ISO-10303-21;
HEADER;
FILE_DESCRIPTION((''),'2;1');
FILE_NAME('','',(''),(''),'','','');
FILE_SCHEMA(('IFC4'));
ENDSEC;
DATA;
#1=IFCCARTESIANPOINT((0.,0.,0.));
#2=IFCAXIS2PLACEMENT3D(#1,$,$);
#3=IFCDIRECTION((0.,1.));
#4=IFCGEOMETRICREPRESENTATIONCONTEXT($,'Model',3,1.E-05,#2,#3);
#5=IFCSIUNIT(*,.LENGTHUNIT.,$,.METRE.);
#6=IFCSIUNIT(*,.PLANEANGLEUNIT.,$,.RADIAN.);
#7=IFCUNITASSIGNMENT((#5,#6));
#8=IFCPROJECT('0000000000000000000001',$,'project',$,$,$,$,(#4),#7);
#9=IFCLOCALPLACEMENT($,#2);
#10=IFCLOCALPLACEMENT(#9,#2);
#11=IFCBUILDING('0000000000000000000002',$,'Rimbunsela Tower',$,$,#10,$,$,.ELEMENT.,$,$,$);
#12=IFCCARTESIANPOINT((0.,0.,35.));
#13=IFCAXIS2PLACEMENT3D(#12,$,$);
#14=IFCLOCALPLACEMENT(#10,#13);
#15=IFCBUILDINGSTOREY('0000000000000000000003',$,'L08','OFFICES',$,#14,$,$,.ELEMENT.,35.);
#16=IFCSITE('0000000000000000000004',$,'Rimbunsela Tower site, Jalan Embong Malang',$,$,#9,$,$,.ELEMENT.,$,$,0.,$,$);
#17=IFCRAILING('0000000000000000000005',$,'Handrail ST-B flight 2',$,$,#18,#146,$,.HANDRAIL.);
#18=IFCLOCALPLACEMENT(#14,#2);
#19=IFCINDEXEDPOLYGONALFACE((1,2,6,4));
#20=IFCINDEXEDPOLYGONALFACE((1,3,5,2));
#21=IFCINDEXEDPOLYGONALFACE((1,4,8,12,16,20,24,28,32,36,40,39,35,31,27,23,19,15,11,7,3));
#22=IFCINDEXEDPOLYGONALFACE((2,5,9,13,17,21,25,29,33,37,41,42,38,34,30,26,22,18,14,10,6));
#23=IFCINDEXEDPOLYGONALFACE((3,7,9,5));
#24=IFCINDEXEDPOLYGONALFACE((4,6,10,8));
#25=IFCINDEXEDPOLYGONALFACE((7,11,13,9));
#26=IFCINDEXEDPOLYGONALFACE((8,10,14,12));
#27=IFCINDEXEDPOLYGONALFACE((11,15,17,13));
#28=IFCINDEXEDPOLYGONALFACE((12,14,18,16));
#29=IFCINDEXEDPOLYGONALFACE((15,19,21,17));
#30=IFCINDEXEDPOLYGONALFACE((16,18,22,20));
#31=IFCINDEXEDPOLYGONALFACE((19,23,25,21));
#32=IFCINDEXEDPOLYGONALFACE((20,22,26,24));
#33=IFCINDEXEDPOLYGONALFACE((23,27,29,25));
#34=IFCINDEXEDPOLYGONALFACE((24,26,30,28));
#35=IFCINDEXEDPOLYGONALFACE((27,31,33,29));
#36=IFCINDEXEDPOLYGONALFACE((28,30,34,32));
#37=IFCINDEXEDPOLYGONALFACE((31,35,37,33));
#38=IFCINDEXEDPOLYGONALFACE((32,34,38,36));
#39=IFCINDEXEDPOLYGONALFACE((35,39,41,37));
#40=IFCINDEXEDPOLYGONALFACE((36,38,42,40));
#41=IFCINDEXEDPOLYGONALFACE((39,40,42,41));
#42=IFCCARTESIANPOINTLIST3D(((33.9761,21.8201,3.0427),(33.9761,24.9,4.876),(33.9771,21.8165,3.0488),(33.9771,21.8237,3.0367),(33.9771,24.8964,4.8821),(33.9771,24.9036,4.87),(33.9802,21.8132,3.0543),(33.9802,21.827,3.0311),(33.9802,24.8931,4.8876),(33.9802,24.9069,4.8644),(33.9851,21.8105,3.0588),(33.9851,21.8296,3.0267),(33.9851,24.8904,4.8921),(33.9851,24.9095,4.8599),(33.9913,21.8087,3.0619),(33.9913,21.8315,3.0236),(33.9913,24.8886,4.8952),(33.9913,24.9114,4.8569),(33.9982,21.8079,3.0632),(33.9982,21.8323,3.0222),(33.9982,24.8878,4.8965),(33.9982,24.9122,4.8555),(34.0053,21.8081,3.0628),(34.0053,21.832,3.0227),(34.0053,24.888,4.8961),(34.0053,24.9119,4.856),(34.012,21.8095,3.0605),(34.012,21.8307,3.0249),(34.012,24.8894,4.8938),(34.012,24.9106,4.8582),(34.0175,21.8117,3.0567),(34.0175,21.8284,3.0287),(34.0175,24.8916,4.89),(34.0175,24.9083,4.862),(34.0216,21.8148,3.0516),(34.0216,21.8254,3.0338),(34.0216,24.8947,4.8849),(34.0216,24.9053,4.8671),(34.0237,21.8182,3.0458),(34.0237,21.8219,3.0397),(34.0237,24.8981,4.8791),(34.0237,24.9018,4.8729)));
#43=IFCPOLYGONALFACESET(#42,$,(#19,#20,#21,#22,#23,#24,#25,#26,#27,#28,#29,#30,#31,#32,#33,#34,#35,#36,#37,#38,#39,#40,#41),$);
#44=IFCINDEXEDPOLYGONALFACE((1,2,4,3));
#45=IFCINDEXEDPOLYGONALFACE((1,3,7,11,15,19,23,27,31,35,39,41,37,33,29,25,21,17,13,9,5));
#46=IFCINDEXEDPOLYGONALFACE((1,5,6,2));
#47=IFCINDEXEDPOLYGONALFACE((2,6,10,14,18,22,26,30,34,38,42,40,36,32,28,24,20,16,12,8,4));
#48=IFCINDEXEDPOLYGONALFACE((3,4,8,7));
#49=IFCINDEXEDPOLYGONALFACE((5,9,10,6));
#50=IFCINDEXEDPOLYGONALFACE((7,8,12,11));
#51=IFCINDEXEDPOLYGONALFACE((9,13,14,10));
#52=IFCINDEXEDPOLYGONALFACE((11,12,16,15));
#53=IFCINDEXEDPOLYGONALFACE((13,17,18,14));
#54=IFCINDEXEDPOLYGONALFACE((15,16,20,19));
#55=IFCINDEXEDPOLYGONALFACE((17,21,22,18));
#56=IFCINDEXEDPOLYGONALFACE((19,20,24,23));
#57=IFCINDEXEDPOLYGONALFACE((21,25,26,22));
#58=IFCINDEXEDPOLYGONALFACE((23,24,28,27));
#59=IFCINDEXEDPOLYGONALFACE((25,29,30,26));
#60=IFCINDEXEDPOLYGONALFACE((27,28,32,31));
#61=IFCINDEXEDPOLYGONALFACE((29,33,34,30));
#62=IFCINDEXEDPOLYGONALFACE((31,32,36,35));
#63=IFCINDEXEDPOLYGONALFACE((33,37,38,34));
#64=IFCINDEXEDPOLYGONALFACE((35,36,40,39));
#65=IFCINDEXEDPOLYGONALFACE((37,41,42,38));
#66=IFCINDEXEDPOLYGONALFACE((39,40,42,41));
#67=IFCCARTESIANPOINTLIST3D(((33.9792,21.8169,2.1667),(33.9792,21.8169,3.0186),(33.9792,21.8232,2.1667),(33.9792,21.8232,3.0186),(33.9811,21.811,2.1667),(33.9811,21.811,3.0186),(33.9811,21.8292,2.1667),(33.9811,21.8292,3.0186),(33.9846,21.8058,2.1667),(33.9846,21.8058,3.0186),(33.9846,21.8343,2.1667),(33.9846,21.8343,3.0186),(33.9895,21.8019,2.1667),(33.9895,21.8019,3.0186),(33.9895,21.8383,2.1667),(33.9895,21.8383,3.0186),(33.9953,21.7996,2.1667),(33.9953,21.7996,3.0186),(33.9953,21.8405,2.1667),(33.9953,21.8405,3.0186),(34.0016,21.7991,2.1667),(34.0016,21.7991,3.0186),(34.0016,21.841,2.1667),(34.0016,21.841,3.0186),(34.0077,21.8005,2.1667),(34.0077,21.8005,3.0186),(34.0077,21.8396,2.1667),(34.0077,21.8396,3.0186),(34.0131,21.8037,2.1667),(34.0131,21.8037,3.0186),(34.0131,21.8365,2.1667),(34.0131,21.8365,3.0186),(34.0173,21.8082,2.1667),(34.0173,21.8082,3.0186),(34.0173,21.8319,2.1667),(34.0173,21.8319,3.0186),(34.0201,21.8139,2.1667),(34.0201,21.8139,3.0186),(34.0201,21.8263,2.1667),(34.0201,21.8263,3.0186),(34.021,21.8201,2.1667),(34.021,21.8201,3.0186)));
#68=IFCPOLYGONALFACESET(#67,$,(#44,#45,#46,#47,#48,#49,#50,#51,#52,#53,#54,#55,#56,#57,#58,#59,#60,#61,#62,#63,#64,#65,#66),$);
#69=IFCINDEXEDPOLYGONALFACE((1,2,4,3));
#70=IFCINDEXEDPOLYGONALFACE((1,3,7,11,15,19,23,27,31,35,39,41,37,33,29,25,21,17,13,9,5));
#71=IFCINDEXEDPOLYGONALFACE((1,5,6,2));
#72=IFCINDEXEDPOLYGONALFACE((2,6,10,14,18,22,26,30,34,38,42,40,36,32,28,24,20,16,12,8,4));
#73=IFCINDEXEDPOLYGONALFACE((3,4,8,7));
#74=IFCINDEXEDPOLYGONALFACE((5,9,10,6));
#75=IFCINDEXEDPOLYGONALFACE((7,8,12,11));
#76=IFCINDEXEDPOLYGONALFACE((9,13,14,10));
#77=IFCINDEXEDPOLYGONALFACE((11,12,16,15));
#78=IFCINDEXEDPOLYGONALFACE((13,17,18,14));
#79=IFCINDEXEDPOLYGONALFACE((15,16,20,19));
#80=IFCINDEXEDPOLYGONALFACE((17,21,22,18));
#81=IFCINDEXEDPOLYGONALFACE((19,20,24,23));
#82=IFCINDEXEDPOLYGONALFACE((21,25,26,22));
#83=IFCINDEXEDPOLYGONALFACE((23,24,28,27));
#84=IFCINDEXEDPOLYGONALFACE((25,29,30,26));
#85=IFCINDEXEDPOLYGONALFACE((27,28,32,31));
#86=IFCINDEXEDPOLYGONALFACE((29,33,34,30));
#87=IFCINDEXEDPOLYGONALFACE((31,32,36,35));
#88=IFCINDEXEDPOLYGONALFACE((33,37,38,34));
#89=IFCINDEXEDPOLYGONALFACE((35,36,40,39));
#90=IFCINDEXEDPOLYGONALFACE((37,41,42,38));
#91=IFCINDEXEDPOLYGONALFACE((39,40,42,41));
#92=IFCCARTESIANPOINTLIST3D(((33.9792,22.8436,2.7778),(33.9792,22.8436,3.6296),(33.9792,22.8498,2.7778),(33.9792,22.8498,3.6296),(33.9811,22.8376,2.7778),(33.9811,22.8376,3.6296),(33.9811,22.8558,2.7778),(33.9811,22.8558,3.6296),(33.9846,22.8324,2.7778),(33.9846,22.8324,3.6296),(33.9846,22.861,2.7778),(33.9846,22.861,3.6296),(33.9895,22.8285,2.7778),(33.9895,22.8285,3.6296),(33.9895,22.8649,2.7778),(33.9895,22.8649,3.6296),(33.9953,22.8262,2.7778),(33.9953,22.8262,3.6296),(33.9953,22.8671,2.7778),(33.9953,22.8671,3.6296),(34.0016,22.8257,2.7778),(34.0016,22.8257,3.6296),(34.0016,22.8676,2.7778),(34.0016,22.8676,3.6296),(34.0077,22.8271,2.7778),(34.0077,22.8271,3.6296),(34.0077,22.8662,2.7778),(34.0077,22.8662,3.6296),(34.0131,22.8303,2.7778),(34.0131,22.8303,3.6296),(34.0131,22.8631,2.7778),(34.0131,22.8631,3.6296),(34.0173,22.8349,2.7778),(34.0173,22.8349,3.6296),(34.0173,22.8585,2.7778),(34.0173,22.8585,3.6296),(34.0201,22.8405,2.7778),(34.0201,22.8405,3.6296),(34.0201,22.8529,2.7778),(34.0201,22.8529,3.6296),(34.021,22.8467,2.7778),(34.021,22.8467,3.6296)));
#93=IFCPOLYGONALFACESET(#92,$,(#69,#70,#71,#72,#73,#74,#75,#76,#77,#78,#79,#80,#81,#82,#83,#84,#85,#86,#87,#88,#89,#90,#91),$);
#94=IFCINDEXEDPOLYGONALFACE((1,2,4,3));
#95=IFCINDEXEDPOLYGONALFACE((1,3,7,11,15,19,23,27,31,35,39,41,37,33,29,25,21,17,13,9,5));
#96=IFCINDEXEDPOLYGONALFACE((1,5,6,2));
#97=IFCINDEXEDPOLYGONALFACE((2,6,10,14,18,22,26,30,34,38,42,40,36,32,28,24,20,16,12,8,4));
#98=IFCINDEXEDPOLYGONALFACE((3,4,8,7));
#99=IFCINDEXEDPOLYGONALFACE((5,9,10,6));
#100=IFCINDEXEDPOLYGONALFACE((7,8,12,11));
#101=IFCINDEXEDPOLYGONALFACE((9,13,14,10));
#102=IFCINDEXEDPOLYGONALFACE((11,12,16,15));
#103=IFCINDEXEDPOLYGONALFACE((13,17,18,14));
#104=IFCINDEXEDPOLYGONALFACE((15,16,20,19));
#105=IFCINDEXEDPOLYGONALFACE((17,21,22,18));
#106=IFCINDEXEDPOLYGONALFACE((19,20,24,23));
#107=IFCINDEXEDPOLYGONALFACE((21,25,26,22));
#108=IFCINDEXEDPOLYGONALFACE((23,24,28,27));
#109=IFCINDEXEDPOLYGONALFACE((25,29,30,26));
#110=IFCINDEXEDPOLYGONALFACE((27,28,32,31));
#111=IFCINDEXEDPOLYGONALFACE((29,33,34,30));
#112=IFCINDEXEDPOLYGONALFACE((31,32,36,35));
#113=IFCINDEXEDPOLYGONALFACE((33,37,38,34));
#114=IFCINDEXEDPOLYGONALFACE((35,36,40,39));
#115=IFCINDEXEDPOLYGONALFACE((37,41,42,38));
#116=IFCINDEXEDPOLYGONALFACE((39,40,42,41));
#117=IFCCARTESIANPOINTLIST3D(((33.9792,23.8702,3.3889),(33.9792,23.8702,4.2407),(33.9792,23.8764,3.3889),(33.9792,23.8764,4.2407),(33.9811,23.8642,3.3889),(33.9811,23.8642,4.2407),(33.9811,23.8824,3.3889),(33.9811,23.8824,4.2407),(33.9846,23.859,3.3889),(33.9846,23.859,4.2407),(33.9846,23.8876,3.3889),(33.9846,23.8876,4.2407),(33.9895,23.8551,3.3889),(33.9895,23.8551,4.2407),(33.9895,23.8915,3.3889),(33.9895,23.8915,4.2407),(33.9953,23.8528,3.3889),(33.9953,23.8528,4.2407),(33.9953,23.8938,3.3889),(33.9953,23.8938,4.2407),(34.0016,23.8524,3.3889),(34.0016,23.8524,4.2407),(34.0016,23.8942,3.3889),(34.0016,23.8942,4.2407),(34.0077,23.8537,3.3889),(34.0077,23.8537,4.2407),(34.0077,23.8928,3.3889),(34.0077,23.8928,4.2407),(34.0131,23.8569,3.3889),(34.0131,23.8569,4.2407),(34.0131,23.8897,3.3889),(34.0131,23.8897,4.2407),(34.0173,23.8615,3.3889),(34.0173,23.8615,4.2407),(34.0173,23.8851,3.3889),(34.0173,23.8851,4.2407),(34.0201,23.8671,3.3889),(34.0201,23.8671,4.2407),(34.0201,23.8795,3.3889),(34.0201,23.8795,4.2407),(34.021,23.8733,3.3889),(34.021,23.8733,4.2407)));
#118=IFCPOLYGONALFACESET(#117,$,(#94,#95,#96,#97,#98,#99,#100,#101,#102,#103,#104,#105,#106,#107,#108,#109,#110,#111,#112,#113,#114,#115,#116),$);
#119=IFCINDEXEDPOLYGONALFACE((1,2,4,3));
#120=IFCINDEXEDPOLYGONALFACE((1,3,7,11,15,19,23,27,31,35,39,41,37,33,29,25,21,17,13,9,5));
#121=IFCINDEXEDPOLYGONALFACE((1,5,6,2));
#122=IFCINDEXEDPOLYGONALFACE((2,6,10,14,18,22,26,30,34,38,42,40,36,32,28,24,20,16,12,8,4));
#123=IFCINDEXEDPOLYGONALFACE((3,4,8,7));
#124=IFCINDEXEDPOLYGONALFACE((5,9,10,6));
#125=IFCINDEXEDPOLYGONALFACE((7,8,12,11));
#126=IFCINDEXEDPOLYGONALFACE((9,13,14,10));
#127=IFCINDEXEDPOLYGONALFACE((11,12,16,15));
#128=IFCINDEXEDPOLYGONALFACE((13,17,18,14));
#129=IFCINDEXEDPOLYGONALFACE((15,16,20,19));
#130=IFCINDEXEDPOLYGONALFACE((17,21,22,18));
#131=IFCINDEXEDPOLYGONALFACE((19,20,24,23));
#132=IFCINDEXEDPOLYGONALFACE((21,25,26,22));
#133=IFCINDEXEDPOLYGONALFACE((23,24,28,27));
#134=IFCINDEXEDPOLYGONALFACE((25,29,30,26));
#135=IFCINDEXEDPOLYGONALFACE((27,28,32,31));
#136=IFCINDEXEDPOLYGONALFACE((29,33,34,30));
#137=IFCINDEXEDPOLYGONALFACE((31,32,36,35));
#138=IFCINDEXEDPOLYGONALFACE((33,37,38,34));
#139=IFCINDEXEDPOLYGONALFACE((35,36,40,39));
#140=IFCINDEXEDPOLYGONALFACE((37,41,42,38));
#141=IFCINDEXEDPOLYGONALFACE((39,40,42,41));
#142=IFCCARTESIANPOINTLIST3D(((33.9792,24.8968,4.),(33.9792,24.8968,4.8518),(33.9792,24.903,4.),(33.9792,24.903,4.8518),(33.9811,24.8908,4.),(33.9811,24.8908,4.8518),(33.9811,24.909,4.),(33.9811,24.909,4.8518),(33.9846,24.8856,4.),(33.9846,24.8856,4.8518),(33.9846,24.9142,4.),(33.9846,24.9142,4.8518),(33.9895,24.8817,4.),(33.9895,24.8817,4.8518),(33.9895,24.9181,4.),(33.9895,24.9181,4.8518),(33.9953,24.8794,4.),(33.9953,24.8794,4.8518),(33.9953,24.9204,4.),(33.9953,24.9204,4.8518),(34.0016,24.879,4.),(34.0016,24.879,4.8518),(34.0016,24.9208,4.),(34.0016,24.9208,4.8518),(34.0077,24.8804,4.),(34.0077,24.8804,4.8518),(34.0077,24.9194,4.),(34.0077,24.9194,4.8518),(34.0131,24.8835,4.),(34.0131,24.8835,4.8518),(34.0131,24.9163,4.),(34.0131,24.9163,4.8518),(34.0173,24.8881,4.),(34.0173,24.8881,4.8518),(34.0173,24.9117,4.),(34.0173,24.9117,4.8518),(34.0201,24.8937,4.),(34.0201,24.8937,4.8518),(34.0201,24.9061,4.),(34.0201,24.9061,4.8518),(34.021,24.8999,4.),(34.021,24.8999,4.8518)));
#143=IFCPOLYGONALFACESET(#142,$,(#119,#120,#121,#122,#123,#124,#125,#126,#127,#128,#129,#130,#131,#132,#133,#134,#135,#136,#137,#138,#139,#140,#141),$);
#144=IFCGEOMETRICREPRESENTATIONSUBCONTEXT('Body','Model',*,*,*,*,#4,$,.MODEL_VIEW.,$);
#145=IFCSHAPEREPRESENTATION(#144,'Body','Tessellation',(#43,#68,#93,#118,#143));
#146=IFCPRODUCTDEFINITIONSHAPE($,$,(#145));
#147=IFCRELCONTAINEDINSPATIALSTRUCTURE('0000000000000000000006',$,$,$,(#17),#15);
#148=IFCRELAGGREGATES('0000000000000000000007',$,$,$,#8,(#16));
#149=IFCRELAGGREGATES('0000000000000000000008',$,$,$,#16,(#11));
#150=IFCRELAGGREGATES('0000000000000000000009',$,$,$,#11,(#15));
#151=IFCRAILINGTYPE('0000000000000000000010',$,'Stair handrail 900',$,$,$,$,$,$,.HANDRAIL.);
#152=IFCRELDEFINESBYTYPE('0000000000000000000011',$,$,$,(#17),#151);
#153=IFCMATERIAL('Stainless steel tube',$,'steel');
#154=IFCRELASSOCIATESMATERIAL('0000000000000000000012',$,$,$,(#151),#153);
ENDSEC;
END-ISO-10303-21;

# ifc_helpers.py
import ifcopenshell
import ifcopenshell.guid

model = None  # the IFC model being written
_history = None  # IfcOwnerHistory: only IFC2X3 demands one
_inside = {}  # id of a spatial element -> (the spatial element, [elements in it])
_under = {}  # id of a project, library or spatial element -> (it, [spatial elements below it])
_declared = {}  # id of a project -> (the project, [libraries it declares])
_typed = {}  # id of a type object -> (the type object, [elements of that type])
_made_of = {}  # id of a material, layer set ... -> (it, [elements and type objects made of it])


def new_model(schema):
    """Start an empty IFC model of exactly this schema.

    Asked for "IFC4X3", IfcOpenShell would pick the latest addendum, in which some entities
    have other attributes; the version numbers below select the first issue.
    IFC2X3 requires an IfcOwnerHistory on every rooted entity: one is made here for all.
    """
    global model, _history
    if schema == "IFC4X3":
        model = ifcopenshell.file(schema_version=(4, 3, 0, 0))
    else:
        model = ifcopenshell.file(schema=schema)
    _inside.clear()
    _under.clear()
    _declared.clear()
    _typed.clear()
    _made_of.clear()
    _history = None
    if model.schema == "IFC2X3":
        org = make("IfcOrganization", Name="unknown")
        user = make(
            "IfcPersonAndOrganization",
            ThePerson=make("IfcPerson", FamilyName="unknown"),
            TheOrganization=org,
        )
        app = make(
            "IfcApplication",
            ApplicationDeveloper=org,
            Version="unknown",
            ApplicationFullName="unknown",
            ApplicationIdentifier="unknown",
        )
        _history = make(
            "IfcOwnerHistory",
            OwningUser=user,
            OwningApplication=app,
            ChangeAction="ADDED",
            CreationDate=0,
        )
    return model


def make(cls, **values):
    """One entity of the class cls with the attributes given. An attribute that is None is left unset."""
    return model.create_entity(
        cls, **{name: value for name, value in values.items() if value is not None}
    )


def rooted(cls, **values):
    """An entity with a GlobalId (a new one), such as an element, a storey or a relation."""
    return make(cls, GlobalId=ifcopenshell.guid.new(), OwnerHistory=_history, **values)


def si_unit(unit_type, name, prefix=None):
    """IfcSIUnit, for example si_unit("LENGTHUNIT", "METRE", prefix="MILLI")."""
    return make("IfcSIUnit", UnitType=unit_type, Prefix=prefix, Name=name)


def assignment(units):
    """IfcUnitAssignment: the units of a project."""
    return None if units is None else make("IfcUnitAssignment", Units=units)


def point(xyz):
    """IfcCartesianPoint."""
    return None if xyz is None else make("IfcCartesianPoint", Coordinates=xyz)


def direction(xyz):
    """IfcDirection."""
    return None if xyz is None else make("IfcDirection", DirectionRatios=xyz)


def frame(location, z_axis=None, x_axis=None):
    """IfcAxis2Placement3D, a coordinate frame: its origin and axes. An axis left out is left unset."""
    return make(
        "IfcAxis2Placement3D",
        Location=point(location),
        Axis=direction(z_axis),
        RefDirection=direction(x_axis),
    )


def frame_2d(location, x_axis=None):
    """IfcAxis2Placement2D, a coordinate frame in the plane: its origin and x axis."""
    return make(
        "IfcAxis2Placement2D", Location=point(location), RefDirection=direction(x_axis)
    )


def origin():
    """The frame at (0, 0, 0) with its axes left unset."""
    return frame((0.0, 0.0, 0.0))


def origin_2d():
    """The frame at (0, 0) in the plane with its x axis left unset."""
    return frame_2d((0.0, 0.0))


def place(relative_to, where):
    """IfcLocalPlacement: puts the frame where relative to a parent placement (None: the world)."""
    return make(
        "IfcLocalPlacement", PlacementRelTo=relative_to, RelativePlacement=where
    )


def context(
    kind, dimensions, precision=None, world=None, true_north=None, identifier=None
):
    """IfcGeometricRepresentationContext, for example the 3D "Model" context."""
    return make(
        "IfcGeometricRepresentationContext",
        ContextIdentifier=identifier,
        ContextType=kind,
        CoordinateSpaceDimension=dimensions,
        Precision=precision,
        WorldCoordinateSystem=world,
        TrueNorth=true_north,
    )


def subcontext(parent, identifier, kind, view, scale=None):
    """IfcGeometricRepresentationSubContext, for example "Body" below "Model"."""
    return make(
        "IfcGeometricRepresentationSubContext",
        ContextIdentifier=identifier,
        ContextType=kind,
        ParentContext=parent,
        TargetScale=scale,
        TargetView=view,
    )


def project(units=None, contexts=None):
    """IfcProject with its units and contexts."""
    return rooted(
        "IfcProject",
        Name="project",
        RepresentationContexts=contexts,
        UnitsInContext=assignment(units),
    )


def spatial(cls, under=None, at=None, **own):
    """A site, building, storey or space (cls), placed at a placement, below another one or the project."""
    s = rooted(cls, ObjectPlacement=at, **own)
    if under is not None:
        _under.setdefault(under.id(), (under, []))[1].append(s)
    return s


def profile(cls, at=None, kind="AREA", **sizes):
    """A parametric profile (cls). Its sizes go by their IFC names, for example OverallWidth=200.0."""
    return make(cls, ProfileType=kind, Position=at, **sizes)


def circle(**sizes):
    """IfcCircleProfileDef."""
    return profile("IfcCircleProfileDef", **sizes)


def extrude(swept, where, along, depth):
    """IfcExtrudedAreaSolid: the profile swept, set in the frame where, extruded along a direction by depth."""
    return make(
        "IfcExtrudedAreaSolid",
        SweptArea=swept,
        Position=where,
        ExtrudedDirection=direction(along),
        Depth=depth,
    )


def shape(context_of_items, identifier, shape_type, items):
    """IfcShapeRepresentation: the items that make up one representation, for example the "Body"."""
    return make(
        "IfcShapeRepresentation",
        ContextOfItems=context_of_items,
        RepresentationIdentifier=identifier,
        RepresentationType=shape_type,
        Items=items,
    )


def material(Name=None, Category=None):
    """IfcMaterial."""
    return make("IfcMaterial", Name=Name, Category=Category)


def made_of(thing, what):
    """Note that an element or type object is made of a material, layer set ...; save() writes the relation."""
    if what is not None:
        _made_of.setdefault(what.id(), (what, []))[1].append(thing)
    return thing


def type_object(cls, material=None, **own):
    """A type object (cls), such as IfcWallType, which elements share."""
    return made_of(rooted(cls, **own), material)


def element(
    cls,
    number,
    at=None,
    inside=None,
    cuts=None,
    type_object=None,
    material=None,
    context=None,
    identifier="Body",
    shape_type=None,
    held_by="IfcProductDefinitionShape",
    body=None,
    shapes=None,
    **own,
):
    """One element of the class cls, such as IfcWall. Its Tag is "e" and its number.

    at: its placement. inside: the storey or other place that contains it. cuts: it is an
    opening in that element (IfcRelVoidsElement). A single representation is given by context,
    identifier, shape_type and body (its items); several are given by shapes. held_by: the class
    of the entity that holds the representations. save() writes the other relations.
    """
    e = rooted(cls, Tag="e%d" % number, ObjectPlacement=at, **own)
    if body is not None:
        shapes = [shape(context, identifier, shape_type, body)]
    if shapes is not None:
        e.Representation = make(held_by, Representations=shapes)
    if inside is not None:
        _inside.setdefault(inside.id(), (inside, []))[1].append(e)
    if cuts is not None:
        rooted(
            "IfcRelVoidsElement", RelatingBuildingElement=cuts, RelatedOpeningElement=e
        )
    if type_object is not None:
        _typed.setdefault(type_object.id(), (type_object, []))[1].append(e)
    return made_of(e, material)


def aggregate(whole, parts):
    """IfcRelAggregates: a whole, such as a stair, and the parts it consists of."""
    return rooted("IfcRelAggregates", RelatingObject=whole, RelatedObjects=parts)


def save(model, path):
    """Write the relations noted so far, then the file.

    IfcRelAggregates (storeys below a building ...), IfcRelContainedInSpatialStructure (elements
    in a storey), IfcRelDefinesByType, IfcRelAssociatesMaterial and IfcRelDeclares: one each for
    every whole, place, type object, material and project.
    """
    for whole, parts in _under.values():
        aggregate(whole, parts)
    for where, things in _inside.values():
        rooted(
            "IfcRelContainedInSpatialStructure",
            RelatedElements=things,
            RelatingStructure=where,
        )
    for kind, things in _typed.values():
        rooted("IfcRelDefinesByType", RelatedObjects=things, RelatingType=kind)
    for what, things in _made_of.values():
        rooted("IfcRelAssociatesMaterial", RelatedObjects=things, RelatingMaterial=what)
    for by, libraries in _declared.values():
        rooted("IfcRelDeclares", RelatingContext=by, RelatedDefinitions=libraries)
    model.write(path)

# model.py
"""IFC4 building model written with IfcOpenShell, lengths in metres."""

from ifc_helpers import new_model, si_unit, direction, frame, origin, origin_2d, place, context, subcontext, project, spatial, circle, extrude, material, type_object, element, save


model = new_model("IFC4")

# Units and contexts
model_context = context("Model", 3, precision=1e-05, world=origin(), true_north=direction((0.0, 1.0)))
body_context = subcontext(model_context, "Body", "Model", "MODEL_VIEW")
ifc_project = project(units=[si_unit("LENGTHUNIT", "METRE"), si_unit("PLANEANGLEUNIT", "RADIAN")], contexts=[model_context])

# Site, building, storey
site_placement = place(None, origin())
site = spatial("IfcSite", under=ifc_project, at=site_placement, Name="Rimbunsela Tower site, Jalan Embong Malang", CompositionType="ELEMENT", RefElevation=0.0)
building_placement = place(site_placement, origin())
building = spatial("IfcBuilding", under=site, at=building_placement, Name="Rimbunsela Tower", CompositionType="ELEMENT")
storey_placement = place(building_placement, frame((0.0, 0.0, 35.0)))
storey = spatial("IfcBuildingStorey", under=building, at=storey_placement, Name="L08", Description="OFFICES", CompositionType="ELEMENT", Elevation=35.0)

# Railing
ifc_material_1 = material(Name="Stainless steel tube", Category="steel")
railing_type = type_object("IfcRailingType", Name="Stair handrail 900", PredefinedType="HANDRAIL", material=ifc_material_1)
railing_1_placement = place(storey_placement, frame((34.0, 21.8201, 2.1667)))
element("IfcRailing", 1, at=railing_1_placement, inside=storey, type_object=railing_type, Name="Handrail ST-B flight 2", PredefinedType="HANDRAIL", context=body_context, shape_type="SweptSolid", body=[
    extrude(circle(Radius=0.0239, at=origin_2d()), frame((0.0, 0.0, 0.876), z_axis=(0.0, 0.859291, 0.511487), x_axis=(-1.0, 0.0, 0.0)), (0.0, 0.0, 1.0), 3.5842),
    extrude(circle(Radius=0.021, at=origin_2d()), origin(), (0.0, 0.0, 1.0), 0.8518),
    extrude(circle(Radius=0.021, at=origin_2d()), frame((0.0, 1.0266, 0.6111)), (0.0, 0.0, 1.0), 0.8518),
    extrude(circle(Radius=0.021, at=origin_2d()), frame((0.0, 2.0532, 1.2222)), (0.0, 0.0, 1.0), 0.8518),
    extrude(circle(Radius=0.021, at=origin_2d()), frame((0.0, 3.0798, 1.8333)), (0.0, 0.0, 1.0), 0.8518),
])

save(model, "model.ifc")
